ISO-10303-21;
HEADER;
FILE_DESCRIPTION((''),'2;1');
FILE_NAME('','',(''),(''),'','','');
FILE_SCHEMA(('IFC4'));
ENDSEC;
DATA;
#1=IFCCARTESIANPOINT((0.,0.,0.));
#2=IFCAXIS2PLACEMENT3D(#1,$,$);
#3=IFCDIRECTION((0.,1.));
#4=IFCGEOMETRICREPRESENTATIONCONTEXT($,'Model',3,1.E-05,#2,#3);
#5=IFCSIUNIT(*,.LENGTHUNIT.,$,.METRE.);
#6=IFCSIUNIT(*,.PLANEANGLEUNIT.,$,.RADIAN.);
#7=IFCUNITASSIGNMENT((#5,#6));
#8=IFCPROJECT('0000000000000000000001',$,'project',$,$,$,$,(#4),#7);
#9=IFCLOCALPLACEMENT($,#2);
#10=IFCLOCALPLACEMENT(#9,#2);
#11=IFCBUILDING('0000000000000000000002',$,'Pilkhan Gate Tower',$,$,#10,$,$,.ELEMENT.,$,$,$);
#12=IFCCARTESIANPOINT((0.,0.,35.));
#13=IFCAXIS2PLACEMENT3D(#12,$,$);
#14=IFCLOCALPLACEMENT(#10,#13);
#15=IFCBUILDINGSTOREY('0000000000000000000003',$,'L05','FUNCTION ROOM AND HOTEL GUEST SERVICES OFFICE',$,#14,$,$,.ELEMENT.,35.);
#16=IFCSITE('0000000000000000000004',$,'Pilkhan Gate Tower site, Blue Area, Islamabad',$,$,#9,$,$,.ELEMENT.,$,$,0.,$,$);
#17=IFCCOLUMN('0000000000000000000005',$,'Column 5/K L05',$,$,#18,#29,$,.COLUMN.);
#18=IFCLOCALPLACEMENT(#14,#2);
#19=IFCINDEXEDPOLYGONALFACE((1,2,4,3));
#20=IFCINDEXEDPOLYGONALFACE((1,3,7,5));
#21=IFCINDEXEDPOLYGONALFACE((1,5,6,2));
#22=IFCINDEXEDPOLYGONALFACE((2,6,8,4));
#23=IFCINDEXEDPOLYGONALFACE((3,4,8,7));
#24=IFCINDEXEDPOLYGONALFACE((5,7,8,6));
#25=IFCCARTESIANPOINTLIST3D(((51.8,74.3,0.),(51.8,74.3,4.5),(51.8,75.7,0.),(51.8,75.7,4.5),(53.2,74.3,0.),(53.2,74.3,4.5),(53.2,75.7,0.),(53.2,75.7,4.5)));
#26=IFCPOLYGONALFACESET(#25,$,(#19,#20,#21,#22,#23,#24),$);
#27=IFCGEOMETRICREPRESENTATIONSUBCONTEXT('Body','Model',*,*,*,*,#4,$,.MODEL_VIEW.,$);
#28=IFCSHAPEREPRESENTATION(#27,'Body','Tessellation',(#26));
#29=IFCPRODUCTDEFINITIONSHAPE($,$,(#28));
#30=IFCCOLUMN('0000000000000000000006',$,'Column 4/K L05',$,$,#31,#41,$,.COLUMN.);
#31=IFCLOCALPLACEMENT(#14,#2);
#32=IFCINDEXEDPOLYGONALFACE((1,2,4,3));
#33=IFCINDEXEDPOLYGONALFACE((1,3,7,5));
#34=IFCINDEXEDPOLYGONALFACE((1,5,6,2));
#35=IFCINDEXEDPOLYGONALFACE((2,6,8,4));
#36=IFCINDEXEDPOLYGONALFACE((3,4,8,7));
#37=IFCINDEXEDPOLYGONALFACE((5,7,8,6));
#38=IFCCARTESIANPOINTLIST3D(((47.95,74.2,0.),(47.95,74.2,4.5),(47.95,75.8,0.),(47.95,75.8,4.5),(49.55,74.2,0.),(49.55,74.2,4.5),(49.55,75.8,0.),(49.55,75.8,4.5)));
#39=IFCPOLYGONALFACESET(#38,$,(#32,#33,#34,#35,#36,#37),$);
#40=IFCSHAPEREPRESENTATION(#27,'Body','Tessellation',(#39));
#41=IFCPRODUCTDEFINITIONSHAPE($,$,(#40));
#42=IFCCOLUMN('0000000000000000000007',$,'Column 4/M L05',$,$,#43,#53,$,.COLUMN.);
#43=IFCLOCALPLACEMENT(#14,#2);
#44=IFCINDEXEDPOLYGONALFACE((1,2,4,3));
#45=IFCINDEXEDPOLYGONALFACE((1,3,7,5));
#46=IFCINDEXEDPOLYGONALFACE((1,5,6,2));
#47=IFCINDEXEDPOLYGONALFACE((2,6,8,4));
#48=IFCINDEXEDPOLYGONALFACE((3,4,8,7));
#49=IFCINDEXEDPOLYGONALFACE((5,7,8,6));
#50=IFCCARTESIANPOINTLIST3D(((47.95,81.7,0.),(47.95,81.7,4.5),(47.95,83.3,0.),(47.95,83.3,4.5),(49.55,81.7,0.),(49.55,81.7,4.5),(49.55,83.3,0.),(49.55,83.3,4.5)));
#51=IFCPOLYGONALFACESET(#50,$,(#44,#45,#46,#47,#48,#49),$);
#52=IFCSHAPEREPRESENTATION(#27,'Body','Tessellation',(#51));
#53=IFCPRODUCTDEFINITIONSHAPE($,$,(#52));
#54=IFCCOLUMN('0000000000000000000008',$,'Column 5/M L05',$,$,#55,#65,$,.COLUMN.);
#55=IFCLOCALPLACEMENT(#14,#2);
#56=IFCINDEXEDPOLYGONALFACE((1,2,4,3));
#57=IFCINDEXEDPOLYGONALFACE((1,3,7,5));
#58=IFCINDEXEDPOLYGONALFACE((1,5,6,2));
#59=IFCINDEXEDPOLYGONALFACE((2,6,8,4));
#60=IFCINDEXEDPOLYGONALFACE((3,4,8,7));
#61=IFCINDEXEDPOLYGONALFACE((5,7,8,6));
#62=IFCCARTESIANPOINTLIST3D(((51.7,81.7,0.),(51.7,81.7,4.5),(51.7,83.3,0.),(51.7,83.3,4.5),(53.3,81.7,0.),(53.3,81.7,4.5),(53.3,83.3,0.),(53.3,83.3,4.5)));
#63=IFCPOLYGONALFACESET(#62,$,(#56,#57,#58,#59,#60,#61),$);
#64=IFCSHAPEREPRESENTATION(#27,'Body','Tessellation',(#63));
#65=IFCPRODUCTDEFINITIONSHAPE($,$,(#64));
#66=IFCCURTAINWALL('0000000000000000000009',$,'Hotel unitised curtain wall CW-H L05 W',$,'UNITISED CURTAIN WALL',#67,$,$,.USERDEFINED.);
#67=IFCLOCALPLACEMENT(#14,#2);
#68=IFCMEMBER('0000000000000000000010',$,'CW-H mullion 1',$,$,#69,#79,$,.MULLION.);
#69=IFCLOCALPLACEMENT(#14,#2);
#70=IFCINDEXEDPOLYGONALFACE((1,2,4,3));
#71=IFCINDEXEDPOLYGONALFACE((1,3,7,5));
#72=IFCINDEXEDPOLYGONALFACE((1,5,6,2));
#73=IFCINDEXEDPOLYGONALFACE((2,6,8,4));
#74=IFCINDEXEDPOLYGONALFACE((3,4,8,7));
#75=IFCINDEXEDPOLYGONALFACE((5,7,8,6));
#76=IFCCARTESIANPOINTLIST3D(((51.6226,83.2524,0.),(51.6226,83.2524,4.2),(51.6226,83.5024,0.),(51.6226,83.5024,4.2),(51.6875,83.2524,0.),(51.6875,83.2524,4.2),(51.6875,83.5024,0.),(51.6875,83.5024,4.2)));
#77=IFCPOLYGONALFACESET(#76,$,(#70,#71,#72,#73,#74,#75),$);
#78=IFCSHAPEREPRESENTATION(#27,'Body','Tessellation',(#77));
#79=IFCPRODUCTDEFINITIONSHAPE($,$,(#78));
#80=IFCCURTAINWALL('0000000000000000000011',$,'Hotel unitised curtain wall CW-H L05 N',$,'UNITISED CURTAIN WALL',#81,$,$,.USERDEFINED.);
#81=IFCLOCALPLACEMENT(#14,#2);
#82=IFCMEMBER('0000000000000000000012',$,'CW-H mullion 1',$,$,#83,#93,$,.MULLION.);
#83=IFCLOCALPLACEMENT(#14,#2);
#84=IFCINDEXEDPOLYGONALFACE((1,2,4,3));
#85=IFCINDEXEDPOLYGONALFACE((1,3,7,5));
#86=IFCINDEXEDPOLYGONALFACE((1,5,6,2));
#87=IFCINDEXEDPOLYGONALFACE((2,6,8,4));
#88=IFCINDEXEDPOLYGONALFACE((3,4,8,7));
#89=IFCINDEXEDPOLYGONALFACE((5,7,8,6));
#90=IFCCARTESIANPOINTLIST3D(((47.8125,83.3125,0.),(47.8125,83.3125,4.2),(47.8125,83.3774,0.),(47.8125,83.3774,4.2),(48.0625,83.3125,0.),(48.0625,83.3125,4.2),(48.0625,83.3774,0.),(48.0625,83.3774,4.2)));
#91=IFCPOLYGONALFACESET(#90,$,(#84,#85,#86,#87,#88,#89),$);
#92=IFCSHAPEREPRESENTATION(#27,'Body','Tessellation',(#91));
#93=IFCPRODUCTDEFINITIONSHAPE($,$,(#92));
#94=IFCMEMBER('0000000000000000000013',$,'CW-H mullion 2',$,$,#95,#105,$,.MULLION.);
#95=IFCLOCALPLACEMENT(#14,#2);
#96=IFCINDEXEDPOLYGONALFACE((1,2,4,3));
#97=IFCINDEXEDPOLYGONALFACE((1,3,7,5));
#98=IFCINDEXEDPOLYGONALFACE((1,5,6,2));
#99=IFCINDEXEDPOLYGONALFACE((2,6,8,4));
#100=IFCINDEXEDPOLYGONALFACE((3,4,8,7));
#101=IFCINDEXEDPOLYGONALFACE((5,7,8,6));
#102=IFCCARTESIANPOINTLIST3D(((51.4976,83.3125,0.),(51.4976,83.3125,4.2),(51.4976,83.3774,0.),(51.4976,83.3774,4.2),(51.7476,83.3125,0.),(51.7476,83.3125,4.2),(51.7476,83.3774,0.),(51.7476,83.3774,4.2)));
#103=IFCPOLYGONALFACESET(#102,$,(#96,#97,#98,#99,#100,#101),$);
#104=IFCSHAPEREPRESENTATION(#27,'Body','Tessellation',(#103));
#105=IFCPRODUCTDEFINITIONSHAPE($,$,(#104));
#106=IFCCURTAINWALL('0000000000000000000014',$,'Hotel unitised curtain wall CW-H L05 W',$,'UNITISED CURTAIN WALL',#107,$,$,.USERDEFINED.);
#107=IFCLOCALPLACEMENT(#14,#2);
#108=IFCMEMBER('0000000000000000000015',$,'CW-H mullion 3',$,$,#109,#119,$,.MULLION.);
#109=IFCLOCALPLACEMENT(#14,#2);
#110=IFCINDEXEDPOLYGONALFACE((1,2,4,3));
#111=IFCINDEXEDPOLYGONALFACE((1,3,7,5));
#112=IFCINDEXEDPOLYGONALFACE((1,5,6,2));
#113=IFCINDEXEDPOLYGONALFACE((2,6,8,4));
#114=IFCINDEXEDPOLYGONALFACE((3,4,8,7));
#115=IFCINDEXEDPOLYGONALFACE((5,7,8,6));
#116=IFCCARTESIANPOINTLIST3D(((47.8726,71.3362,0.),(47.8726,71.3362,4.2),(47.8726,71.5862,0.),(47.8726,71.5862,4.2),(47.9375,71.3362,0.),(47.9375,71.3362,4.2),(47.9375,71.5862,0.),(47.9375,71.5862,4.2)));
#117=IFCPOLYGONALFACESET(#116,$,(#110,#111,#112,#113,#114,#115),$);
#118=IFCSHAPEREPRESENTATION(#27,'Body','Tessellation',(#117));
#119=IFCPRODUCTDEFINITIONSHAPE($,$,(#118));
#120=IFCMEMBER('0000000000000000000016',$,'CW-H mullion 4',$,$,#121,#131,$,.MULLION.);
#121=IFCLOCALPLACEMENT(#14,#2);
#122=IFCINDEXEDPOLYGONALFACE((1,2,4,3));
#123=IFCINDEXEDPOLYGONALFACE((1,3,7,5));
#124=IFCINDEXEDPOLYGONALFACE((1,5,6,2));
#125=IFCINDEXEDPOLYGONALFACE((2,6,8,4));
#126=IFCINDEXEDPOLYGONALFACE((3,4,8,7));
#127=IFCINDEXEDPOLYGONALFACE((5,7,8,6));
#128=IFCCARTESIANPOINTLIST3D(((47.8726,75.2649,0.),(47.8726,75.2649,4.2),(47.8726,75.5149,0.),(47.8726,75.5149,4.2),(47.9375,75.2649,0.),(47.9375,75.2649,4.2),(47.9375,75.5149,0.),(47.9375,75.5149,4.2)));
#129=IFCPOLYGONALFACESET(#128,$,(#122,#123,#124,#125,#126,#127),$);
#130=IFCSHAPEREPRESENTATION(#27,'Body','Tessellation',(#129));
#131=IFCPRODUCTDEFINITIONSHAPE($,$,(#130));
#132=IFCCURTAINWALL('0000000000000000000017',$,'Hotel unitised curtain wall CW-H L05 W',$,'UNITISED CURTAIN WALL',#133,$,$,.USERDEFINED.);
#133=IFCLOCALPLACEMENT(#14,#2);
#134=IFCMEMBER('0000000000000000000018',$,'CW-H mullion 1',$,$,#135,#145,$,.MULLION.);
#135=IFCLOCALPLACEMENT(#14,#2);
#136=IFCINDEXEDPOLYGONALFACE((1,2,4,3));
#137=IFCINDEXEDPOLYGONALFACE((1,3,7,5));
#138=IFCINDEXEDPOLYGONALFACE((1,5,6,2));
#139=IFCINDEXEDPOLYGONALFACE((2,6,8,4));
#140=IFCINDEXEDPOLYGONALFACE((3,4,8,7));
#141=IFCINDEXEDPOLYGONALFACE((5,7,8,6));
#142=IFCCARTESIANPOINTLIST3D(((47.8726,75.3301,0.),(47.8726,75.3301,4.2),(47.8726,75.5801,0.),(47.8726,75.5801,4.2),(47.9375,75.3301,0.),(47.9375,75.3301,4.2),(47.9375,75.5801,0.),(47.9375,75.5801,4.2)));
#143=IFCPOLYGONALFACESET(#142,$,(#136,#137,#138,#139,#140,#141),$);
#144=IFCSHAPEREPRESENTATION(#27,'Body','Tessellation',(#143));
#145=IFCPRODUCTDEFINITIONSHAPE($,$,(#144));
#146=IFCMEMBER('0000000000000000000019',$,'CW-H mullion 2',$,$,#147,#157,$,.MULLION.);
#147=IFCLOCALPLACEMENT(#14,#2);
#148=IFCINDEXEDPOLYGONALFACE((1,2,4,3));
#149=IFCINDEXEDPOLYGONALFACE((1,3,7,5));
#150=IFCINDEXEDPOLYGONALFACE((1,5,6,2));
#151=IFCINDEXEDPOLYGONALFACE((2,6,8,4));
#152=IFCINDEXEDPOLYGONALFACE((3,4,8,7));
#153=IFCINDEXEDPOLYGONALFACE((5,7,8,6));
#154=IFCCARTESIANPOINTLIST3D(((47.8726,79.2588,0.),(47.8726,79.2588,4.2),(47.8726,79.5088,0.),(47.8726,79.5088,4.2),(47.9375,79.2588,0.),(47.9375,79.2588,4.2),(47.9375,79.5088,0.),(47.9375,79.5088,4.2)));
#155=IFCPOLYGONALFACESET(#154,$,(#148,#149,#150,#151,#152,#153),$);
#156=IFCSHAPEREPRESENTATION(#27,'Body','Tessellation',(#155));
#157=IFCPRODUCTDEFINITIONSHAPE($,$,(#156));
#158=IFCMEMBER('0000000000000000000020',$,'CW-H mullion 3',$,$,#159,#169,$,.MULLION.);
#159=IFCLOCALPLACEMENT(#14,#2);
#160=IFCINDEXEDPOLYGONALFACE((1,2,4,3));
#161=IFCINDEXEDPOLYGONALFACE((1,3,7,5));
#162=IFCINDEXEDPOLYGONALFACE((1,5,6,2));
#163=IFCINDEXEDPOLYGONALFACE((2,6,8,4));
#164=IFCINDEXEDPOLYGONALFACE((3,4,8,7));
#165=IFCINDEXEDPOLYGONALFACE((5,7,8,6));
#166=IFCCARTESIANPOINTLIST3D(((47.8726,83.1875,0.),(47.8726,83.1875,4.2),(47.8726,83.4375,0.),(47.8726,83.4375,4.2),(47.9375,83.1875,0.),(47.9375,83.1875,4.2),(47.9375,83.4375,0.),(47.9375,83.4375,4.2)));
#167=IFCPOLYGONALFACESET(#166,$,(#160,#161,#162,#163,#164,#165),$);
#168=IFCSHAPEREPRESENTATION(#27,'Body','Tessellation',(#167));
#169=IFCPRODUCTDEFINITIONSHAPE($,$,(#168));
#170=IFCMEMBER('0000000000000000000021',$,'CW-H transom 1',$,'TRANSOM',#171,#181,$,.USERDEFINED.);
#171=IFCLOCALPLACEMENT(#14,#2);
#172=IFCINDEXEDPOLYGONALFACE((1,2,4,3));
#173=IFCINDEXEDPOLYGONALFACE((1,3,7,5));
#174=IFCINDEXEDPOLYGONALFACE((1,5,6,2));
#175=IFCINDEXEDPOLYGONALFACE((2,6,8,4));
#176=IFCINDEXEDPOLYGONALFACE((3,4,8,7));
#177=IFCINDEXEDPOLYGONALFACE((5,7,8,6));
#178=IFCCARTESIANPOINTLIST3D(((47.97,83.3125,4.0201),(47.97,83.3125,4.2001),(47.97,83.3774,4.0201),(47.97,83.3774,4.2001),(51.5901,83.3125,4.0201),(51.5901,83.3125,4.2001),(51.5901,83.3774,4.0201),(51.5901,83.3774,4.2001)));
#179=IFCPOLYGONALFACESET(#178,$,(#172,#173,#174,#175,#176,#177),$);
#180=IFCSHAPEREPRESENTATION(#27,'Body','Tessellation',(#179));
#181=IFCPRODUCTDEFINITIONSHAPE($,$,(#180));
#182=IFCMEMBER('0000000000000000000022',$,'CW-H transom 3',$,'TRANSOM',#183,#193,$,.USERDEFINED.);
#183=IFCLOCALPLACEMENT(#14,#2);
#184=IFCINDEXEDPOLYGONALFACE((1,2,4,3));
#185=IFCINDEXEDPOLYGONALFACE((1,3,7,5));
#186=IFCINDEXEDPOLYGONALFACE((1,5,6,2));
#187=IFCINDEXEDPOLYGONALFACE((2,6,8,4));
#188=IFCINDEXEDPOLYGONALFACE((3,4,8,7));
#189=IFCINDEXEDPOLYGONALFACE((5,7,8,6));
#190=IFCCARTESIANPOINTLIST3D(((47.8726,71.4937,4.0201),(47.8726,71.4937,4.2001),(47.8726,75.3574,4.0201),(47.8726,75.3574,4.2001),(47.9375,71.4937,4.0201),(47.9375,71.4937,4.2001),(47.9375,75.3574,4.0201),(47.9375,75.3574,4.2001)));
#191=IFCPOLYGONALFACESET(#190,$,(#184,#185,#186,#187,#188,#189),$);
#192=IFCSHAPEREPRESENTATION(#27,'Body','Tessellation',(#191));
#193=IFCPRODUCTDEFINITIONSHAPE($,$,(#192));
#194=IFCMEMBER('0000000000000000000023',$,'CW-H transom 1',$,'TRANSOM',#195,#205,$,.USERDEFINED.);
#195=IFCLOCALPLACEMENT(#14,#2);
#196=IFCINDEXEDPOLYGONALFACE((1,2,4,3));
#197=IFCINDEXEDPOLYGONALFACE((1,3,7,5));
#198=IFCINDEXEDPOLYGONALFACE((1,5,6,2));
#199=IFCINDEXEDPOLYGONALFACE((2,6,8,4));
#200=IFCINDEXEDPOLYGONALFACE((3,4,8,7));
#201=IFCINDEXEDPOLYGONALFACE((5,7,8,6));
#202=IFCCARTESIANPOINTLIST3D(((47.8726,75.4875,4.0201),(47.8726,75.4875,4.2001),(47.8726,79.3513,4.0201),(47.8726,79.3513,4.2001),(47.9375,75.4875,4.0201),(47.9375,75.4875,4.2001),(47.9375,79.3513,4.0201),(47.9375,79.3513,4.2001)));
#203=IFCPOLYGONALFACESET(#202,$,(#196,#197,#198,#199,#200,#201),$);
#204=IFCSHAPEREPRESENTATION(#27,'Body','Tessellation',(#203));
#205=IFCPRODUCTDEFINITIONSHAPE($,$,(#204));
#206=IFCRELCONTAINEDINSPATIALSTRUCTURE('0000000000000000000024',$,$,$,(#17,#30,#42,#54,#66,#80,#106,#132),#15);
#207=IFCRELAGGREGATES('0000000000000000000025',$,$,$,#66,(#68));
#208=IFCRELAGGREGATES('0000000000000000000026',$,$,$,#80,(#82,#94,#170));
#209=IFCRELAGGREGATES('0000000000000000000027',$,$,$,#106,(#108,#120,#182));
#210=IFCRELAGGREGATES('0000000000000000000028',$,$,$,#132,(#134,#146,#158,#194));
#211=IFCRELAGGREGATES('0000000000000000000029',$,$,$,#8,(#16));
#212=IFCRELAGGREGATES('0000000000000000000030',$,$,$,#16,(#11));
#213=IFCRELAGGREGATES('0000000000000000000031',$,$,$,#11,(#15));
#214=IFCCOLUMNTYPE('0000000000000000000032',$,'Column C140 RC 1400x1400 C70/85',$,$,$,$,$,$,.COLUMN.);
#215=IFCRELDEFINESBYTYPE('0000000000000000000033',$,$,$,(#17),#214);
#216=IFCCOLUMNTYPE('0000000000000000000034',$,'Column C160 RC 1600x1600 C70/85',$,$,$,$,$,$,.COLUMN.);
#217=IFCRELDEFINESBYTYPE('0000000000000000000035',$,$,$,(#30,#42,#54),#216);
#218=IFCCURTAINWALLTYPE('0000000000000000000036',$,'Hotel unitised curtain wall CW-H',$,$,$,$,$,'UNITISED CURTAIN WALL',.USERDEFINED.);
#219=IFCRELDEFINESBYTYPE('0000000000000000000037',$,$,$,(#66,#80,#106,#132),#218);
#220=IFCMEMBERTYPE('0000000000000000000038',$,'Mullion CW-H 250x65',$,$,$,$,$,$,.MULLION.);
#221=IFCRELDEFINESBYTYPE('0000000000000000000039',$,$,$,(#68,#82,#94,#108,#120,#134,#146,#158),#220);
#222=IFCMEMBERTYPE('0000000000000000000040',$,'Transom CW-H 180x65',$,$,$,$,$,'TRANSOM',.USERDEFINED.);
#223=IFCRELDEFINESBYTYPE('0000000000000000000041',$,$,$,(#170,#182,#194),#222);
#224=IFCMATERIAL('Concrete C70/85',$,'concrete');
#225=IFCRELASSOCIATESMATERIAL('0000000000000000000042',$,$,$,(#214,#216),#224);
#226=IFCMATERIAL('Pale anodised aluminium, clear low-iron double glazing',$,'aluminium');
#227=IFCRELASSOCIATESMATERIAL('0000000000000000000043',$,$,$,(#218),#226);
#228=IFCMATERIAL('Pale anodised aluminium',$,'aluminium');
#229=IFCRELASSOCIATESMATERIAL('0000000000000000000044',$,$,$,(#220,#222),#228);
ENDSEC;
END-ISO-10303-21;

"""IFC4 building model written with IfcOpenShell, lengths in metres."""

from ifc_helpers import new_model, si_unit, direction, frame, origin, origin_2d, place, context, subcontext, project, spatial, rectangle, extrude, material, material_profile, profile_set, type_object, element, aggregate, save


model = new_model("IFC4")

# Units and contexts
model_context = context("Model", 3, precision=1e-05, world=origin(), true_north=direction((0.0, 1.0)))
body_context = subcontext(model_context, "Body", "Model", "MODEL_VIEW")
ifc_project = project(units=[si_unit("LENGTHUNIT", "METRE"), si_unit("PLANEANGLEUNIT", "RADIAN")], contexts=[model_context])

# Site, building, storey
site_placement = place(None, origin())
site = spatial("IfcSite", under=ifc_project, at=site_placement, Name="Pilkhan Gate Tower site, Blue Area, Islamabad", CompositionType="ELEMENT", RefElevation=0.0)
building_placement = place(site_placement, origin())
building = spatial("IfcBuilding", under=site, at=building_placement, Name="Pilkhan Gate Tower", CompositionType="ELEMENT")
storey_placement = place(building_placement, frame((0.0, 0.0, 35.0)))
storey = spatial("IfcBuildingStorey", under=building, at=storey_placement, Name="L05", Description="FUNCTION ROOM AND HOTEL GUEST SERVICES OFFICE", CompositionType="ELEMENT", Elevation=35.0)

# Columns
ifc_material_1 = material(Name="Concrete C70/85", Category="concrete")
ifc_material_profile_1 = material_profile(ifc_material_1, rectangle(XDim=1.3999, YDim=1.3999, at=origin_2d()), Name="RC 1400x1400")
ifc_profile_set_1 = profile_set([ifc_material_profile_1], Name="Concrete C70/85")
column_type_1 = type_object("IfcColumnType", Name="Column C140 RC 1400x1400 C70/85", PredefinedType="COLUMN", material=ifc_profile_set_1)
column_placement = place(storey_placement, frame((52.5, 75.0, 0.0), z_axis=(0.0, 0.0, 1.0), x_axis=(1.0, 0.0, 0.0)))
element("IfcColumn", 1, at=column_placement, inside=storey, type_object=column_type_1, Name="Column 5/K L05", PredefinedType="COLUMN", context=body_context, shape_type="SweptSolid", body=[
    extrude(rectangle(XDim=1.3999, YDim=1.3999, at=origin_2d()), origin(), (0.0, 0.0, 1.0), 4.5),
])
ifc_material_profile_2 = material_profile(ifc_material_1, rectangle(XDim=1.6001, YDim=1.6001, at=origin_2d()), Name="RC 1600x1600")
ifc_profile_set_2 = profile_set([ifc_material_profile_2], Name="Concrete C70/85")
column_type_2 = type_object("IfcColumnType", Name="Column C160 RC 1600x1600 C70/85", PredefinedType="COLUMN", material=ifc_profile_set_2)
for number, where, z_axis, x_axis, name in (
    (2, (48.75, 75.0, 0.0), (0.0, 0.0, 1.0), (1.0, 0.0, 0.0), "Column 4/K L05"),
    (3, (48.75, 82.5, 0.0), (0.0, 0.0, 1.0), (1.0, 0.0, 0.0), "Column 4/M L05"),
    (4, (52.5, 82.5, 0.0), (0.0, 0.0, 1.0), (1.0, 0.0, 0.0), "Column 5/M L05"),
):
    element("IfcColumn", number, at=place(storey_placement, frame(where, z_axis=z_axis, x_axis=x_axis)), inside=storey, type_object=column_type_2, Name=name, PredefinedType="COLUMN", context=body_context, shape_type="SweptSolid", body=[
        extrude(rectangle(XDim=1.6001, YDim=1.6001, at=origin_2d()), origin(), (0.0, 0.0, 1.0), 4.5),
    ])

# Curtain wall, member
ifc_material_2 = material(Name="Pale anodised aluminium, clear low-iron double glazing", Category="aluminium")
curtain_wall_type = type_object("IfcCurtainWallType", Name="Hotel unitised curtain wall CW-H", ElementType="UNITISED CURTAIN WALL", PredefinedType="USERDEFINED", material=ifc_material_2)
curtain_wall_1_placement = place(storey_placement, origin())
curtain_wall_1 = element("IfcCurtainWall", 5, at=curtain_wall_1_placement, inside=storey, type_object=curtain_wall_type, Name="Hotel unitised curtain wall CW-H L05 W", ObjectType="UNITISED CURTAIN WALL", PredefinedType="USERDEFINED")
ifc_material_3 = material(Name="Pale anodised aluminium", Category="aluminium")
ifc_material_profile_3 = material_profile(ifc_material_3, rectangle(XDim=0.0649, YDim=0.25, at=origin_2d()), Name="Mullion 250x65")
ifc_profile_set_3 = profile_set([ifc_material_profile_3], Name="Pale anodised aluminium")
member_type_1 = type_object("IfcMemberType", Name="Mullion CW-H 250x65", PredefinedType="MULLION", material=ifc_profile_set_3)
member_1_placement = place(storey_placement, frame((51.655, 83.3774, 0.0), z_axis=(0.0, 0.0, 1.0), x_axis=(-1.0, 0.0, 0.0)))
member_1 = element("IfcMember", 6, at=member_1_placement, type_object=member_type_1, Name="CW-H mullion 1", PredefinedType="MULLION", context=body_context, shape_type="SweptSolid", body=[
    extrude(rectangle(XDim=0.0649, YDim=0.25, at=origin_2d()), origin(), (0.0, 0.0, 1.0), 4.2),
])
aggregate(curtain_wall_1, [member_1])

# Curtain walls, members
curtain_wall_2_placement = place(storey_placement, origin())
curtain_wall_2 = element("IfcCurtainWall", 7, at=curtain_wall_2_placement, inside=storey, type_object=curtain_wall_type, Name="Hotel unitised curtain wall CW-H L05 N", ObjectType="UNITISED CURTAIN WALL", PredefinedType="USERDEFINED")
member_2_placement = place(storey_placement, frame((47.9375, 83.345, 0.0), z_axis=(0.0, 0.0, 1.0), x_axis=(0.0, 1.0, 0.0)))
member_2 = element("IfcMember", 8, at=member_2_placement, type_object=member_type_1, Name="CW-H mullion 1", PredefinedType="MULLION", context=body_context, shape_type="SweptSolid", body=[
    extrude(rectangle(XDim=0.0649, YDim=0.25, at=origin_2d()), origin(), (0.0, 0.0, 1.0), 4.2),
])
member_3_placement = place(storey_placement, frame((51.6226, 83.345, 0.0), z_axis=(0.0, 0.0, 1.0), x_axis=(0.0, 1.0, 0.0)))
member_3 = element("IfcMember", 9, at=member_3_placement, type_object=member_type_1, Name="CW-H mullion 2", PredefinedType="MULLION", context=body_context, shape_type="SweptSolid", body=[
    extrude(rectangle(XDim=0.0649, YDim=0.25, at=origin_2d()), origin(), (0.0, 0.0, 1.0), 4.2),
])
curtain_wall_3_placement = place(storey_placement, origin())
curtain_wall_3 = element("IfcCurtainWall", 10, at=curtain_wall_3_placement, inside=storey, type_object=curtain_wall_type, Name="Hotel unitised curtain wall CW-H L05 W", ObjectType="UNITISED CURTAIN WALL", PredefinedType="USERDEFINED")
member_4_placement = place(storey_placement, frame((47.905, 71.4612, 0.0), z_axis=(0.0, 0.0, 1.0), x_axis=(-1.0, 0.0, 0.0)))
member_4 = element("IfcMember", 11, at=member_4_placement, type_object=member_type_1, Name="CW-H mullion 3", PredefinedType="MULLION", context=body_context, shape_type="SweptSolid", body=[
    extrude(rectangle(XDim=0.0649, YDim=0.25, at=origin_2d()), origin(), (0.0, 0.0, 1.0), 4.2),
])
member_5_placement = place(storey_placement, frame((47.905, 75.3899, 0.0), z_axis=(0.0, 0.0, 1.0), x_axis=(-1.0, 0.0, 0.0)))
member_5 = element("IfcMember", 12, at=member_5_placement, type_object=member_type_1, Name="CW-H mullion 4", PredefinedType="MULLION", context=body_context, shape_type="SweptSolid", body=[
    extrude(rectangle(XDim=0.0649, YDim=0.25, at=origin_2d()), origin(), (0.0, 0.0, 1.0), 4.2),
])
curtain_wall_4_placement = place(storey_placement, origin())
curtain_wall_4 = element("IfcCurtainWall", 13, at=curtain_wall_4_placement, inside=storey, type_object=curtain_wall_type, Name="Hotel unitised curtain wall CW-H L05 W", ObjectType="UNITISED CURTAIN WALL", PredefinedType="USERDEFINED")
member_6_placement = place(storey_placement, frame((47.905, 75.4551, 0.0), z_axis=(0.0, 0.0, 1.0), x_axis=(-1.0, 0.0, 0.0)))
member_6 = element("IfcMember", 14, at=member_6_placement, type_object=member_type_1, Name="CW-H mullion 1", PredefinedType="MULLION", context=body_context, shape_type="SweptSolid", body=[
    extrude(rectangle(XDim=0.0649, YDim=0.25, at=origin_2d()), origin(), (0.0, 0.0, 1.0), 4.2),
])
member_7_placement = place(storey_placement, frame((47.905, 79.3838, 0.0), z_axis=(0.0, 0.0, 1.0), x_axis=(-1.0, 0.0, 0.0)))
member_7 = element("IfcMember", 15, at=member_7_placement, type_object=member_type_1, Name="CW-H mullion 2", PredefinedType="MULLION", context=body_context, shape_type="SweptSolid", body=[
    extrude(rectangle(XDim=0.0649, YDim=0.25, at=origin_2d()), origin(), (0.0, 0.0, 1.0), 4.2),
])
member_8_placement = place(storey_placement, frame((47.905, 83.3125, 0.0), z_axis=(0.0, 0.0, 1.0), x_axis=(-1.0, 0.0, 0.0)))
member_8 = element("IfcMember", 16, at=member_8_placement, type_object=member_type_1, Name="CW-H mullion 3", PredefinedType="MULLION", context=body_context, shape_type="SweptSolid", body=[
    extrude(rectangle(XDim=0.0649, YDim=0.25, at=origin_2d()), origin(), (0.0, 0.0, 1.0), 4.2),
])

# Members
ifc_material_profile_4 = material_profile(ifc_material_3, rectangle(XDim=0.0649, YDim=0.1799, at=origin_2d()), Name="Transom 180x65")
ifc_profile_set_4 = profile_set([ifc_material_profile_4], Name="Pale anodised aluminium")
member_type_2 = type_object("IfcMemberType", Name="Transom CW-H 180x65", ElementType="TRANSOM", PredefinedType="USERDEFINED", material=ifc_profile_set_4)
member_9_placement = place(storey_placement, frame((47.97, 83.345, 4.1101), z_axis=(1.0, 0.0, 0.0), x_axis=(0.0, 1.0, 0.0)))
member_9 = element("IfcMember", 17, at=member_9_placement, type_object=member_type_2, Name="CW-H transom 1", ObjectType="TRANSOM", PredefinedType="USERDEFINED", context=body_context, shape_type="SweptSolid", body=[
    extrude(rectangle(XDim=0.0649, YDim=0.1799, at=origin_2d()), origin(), (0.0, 0.0, 1.0), 3.6201),
])
member_10_placement = place(storey_placement, frame((47.905, 71.4937, 4.1101), z_axis=(0.0, 1.0, 0.0), x_axis=(-1.0, 0.0, 0.0)))
member_10 = element("IfcMember", 18, at=member_10_placement, type_object=member_type_2, Name="CW-H transom 3", ObjectType="TRANSOM", PredefinedType="USERDEFINED", context=body_context, shape_type="SweptSolid", body=[
    extrude(rectangle(XDim=0.0649, YDim=0.1799, at=origin_2d()), origin(), (0.0, 0.0, 1.0), 3.8638),
])
member_11_placement = place(storey_placement, frame((47.905, 75.4875, 4.1101), z_axis=(0.0, 1.0, 0.0), x_axis=(-1.0, 0.0, 0.0)))
member_11 = element("IfcMember", 19, at=member_11_placement, type_object=member_type_2, Name="CW-H transom 1", ObjectType="TRANSOM", PredefinedType="USERDEFINED", context=body_context, shape_type="SweptSolid", body=[
    extrude(rectangle(XDim=0.0649, YDim=0.1799, at=origin_2d()), origin(), (0.0, 0.0, 1.0), 3.8638),
])

aggregate(curtain_wall_2, [member_2, member_3, member_9])
aggregate(curtain_wall_3, [member_4, member_5, member_10])
aggregate(curtain_wall_4, [member_6, member_7, member_8, member_11])

save(model, "model.ifc")
